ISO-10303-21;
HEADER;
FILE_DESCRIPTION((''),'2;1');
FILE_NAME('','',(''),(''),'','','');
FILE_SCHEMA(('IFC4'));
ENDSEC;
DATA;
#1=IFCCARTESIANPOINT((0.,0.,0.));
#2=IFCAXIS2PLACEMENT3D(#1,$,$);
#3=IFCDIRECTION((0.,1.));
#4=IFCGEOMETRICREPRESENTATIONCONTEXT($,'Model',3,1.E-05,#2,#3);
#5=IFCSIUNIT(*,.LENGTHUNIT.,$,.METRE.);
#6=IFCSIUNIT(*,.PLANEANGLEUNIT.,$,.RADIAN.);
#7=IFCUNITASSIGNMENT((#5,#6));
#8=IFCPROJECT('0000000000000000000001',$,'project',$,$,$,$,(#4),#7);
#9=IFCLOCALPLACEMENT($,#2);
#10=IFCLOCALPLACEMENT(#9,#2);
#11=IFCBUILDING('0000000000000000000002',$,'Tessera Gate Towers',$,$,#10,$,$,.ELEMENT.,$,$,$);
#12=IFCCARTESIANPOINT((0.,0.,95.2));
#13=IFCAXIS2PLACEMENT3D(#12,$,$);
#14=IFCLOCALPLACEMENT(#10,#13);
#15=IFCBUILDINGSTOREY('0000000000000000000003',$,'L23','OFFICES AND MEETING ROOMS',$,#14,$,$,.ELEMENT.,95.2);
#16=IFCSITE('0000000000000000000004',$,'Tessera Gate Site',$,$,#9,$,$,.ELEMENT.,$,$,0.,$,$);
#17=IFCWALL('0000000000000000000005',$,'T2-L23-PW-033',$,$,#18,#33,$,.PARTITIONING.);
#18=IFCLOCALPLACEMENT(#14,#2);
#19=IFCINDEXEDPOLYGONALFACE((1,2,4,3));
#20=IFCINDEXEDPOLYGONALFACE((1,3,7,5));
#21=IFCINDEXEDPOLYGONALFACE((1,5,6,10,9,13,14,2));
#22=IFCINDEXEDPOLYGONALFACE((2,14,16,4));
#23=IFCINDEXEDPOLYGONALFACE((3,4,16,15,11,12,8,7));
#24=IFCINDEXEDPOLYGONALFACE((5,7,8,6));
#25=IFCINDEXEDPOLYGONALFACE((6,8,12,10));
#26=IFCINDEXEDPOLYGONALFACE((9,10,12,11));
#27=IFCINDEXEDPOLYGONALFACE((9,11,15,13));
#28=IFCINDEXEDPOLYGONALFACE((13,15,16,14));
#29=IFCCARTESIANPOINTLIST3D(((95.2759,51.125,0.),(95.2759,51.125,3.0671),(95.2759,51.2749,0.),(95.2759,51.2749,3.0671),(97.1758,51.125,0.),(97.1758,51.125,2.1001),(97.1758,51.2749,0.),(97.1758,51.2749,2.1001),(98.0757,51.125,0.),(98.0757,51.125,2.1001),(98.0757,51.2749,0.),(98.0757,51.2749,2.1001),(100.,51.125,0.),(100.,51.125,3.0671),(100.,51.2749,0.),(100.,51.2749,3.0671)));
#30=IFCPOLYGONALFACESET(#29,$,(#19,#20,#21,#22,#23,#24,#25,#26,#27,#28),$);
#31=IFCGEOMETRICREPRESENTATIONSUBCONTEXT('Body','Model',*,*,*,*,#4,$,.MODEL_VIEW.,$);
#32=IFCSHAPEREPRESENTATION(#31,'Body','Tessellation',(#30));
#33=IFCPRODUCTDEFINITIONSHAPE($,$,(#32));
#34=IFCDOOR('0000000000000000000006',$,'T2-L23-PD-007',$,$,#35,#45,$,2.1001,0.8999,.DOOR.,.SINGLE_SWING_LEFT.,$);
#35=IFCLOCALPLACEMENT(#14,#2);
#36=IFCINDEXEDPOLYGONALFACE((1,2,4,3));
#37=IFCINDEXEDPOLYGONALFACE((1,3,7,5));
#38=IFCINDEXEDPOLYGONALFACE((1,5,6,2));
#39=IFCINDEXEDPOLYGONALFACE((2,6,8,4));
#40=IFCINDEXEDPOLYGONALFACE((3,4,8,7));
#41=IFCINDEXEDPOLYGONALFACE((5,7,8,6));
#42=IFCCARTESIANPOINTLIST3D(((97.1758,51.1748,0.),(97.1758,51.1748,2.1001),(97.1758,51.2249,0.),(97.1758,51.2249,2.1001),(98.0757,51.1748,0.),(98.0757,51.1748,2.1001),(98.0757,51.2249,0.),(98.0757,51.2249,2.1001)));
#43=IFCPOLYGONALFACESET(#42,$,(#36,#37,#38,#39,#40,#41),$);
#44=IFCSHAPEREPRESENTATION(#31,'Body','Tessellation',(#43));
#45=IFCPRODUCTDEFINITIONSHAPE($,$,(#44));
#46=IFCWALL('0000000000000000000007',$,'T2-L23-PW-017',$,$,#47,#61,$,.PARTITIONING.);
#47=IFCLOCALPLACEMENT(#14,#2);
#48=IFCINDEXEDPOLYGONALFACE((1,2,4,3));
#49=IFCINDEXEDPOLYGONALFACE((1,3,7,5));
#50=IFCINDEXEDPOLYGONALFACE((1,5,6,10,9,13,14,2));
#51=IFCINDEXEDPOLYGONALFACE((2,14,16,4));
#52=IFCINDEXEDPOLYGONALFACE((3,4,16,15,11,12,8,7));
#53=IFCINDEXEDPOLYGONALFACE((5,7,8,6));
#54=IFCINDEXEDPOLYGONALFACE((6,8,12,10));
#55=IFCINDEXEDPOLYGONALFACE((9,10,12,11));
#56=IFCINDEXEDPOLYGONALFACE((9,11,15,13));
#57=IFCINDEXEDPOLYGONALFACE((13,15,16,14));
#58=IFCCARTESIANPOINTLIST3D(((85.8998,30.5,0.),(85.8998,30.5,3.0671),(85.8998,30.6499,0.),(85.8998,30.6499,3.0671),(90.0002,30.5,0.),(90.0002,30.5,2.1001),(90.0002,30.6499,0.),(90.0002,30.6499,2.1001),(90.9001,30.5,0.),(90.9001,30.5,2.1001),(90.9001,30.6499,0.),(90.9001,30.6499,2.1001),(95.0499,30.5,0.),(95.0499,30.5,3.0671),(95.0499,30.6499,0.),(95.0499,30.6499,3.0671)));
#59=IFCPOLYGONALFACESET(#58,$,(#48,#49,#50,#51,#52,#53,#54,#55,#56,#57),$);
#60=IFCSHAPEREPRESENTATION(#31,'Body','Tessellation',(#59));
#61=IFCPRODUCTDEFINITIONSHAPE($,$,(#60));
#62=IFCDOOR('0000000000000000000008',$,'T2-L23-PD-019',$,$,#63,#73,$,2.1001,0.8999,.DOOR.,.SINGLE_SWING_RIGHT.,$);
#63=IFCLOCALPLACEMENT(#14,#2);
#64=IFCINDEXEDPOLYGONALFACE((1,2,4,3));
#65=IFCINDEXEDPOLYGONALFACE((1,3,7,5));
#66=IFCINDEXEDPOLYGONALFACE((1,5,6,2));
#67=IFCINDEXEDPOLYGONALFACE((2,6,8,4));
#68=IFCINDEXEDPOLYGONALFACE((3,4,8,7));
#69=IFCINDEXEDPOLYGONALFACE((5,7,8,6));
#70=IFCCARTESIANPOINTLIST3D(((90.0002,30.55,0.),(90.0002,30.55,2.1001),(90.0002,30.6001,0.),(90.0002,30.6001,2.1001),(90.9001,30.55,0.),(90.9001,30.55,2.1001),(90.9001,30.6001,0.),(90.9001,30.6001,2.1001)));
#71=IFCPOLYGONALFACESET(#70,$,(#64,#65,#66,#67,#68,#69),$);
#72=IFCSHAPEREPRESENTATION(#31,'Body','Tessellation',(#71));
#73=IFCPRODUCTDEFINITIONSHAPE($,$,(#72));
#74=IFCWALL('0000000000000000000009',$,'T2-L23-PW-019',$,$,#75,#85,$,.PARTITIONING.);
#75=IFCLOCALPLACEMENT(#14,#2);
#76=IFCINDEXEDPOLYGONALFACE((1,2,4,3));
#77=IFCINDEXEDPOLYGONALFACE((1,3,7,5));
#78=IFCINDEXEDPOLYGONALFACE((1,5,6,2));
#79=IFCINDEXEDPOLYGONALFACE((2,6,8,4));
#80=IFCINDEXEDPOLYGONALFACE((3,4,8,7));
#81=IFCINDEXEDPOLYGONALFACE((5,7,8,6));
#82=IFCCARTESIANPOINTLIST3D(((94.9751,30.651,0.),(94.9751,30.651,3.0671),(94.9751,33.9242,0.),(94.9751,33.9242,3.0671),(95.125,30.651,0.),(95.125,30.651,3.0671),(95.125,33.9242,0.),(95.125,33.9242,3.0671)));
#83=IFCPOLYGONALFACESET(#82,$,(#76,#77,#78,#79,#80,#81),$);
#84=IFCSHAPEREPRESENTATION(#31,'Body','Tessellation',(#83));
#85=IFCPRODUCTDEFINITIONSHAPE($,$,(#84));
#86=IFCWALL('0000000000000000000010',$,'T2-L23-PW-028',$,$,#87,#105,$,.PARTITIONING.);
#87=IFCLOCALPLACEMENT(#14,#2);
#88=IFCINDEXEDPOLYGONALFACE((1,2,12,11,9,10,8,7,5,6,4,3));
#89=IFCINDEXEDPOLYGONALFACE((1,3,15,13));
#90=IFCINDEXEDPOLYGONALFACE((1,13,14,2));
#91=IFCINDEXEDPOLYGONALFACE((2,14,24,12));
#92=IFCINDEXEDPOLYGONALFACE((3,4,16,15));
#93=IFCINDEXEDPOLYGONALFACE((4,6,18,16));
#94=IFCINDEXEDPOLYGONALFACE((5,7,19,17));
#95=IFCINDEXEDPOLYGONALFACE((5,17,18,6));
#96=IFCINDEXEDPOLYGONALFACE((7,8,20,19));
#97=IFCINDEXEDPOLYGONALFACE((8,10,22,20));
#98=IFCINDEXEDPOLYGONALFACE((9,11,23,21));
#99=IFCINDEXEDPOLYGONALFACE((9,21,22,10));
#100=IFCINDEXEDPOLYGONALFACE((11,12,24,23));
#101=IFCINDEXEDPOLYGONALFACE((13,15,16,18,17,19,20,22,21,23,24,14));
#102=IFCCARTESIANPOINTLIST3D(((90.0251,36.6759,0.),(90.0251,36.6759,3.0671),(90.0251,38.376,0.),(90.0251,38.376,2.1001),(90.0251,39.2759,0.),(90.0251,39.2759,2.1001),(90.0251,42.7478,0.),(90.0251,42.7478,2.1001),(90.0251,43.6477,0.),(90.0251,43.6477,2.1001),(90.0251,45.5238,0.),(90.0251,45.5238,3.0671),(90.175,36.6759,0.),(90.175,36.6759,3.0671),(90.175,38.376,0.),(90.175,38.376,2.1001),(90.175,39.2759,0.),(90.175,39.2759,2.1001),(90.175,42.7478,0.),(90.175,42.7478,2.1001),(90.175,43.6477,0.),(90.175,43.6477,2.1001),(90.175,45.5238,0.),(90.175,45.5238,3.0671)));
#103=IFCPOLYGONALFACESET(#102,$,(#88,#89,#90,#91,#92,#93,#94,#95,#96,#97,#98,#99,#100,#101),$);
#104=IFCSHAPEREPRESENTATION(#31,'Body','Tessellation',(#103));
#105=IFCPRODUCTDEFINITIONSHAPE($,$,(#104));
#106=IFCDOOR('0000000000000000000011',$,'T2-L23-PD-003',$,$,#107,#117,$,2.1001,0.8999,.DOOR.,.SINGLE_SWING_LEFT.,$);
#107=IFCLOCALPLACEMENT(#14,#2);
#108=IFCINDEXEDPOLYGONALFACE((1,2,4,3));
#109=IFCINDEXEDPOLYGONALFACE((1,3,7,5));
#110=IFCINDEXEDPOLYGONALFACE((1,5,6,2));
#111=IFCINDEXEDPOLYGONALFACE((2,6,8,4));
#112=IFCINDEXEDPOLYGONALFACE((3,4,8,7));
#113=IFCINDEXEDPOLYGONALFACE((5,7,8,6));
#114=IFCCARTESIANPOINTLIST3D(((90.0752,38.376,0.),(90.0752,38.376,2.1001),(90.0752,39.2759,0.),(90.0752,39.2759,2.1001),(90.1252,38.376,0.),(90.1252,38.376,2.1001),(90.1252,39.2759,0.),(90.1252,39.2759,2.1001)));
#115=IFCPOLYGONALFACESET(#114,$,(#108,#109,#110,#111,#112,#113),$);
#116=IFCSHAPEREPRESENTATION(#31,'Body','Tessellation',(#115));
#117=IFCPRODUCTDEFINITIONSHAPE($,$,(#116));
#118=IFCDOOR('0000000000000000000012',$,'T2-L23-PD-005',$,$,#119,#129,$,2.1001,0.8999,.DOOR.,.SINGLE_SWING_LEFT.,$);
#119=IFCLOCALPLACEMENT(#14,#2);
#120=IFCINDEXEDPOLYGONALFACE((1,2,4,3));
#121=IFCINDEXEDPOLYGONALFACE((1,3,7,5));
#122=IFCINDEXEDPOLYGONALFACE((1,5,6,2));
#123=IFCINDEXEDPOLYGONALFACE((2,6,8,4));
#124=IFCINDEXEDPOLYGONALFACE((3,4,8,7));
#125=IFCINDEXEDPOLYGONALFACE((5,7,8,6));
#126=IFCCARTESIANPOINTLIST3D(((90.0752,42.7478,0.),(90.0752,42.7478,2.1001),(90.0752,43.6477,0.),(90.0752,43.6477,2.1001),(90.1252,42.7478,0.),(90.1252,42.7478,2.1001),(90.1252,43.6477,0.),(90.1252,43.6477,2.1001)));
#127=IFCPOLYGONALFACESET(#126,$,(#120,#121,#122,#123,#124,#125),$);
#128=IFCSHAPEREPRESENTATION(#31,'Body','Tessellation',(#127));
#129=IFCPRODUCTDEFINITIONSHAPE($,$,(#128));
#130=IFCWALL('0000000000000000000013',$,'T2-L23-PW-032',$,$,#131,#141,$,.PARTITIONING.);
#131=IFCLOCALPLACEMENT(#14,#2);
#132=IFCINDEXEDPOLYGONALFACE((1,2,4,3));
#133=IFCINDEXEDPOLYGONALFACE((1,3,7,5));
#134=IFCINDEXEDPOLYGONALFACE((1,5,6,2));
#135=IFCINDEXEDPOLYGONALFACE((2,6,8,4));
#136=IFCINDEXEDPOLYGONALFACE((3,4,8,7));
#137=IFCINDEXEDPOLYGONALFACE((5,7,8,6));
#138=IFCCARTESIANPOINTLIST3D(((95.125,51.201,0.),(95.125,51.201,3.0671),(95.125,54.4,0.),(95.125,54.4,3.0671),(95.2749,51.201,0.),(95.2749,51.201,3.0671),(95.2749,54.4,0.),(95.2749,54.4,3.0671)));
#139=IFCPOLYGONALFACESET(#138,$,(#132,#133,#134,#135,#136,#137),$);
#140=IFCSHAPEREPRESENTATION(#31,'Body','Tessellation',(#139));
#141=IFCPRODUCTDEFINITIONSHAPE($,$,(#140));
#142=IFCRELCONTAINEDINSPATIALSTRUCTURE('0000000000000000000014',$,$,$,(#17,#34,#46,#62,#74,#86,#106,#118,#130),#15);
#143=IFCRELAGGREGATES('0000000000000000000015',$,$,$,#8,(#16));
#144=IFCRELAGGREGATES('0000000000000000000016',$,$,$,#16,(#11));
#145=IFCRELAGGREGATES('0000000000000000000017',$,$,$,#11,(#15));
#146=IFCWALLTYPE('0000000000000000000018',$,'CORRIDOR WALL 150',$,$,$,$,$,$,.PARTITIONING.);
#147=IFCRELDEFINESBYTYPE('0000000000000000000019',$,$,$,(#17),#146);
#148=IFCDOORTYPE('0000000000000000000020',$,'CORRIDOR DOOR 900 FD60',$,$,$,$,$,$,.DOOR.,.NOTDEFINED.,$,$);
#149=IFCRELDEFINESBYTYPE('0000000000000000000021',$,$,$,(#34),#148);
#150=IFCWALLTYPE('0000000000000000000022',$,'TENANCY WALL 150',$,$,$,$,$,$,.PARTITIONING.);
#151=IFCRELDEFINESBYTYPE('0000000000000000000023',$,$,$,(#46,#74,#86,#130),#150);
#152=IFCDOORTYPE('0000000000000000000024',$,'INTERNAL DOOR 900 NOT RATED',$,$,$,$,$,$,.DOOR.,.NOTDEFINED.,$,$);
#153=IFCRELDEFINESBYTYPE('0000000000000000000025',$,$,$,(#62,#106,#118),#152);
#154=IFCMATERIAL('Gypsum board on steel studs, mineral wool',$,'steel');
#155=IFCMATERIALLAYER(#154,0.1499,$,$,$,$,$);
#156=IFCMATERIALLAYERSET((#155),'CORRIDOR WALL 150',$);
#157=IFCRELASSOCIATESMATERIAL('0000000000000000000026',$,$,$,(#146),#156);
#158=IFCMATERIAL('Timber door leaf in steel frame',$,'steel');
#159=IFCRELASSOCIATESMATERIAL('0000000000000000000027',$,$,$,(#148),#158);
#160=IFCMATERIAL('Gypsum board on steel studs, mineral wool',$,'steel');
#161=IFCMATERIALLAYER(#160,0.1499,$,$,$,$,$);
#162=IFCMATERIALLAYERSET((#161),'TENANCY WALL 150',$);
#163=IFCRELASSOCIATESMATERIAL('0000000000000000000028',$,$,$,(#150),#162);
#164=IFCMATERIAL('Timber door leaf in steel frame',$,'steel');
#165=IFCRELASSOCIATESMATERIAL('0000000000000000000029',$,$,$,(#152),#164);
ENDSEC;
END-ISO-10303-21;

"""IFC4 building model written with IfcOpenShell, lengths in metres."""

from ifc_helpers import new_model, si_unit, direction, frame, frame_2d, origin, place, context, subcontext, project, spatial, rectangle, extrude, source, transform, mapped, material, layer, layer_set, type_object, element, fill, save


model = new_model("IFC4")

# Units and contexts
model_context = context("Model", 3, precision=1e-05, world=origin(), true_north=direction((0.0, 1.0)))
body_context = subcontext(model_context, "Body", "Model", "MODEL_VIEW")
ifc_project = project(units=[si_unit("LENGTHUNIT", "METRE"), si_unit("PLANEANGLEUNIT", "RADIAN")], contexts=[model_context])

# Site, building, storey
site_placement = place(None, origin())
site = spatial("IfcSite", under=ifc_project, at=site_placement, Name="Tessera Gate Site", CompositionType="ELEMENT", RefElevation=0.0)
building_placement = place(site_placement, origin())
building = spatial("IfcBuilding", under=site, at=building_placement, Name="Tessera Gate Towers", CompositionType="ELEMENT")
storey_placement = place(building_placement, frame((0.0, 0.0, 95.2)))
storey = spatial("IfcBuildingStorey", under=building, at=storey_placement, Name="L23", Description="OFFICES AND MEETING ROOMS", CompositionType="ELEMENT", Elevation=95.2)

# Shared definitions
ifc_material_1 = material(Name="Gypsum board on steel studs, mineral wool", Category="steel")
ifc_layer_1 = layer(ifc_material_1, 0.1499)
ifc_layer_set_1 = layer_set([ifc_layer_1], Name="CORRIDOR WALL 150")
wall_type_1 = type_object("IfcWallType", Name="CORRIDOR WALL 150", PredefinedType="PARTITIONING", material=ifc_layer_set_1)

# Walls, openings, doors
wall_1_placement = place(storey_placement, frame((95.2759, 51.2, 0.0), z_axis=(0.0, 0.0, 1.0), x_axis=(1.0, 0.0, 0.0)))
wall_1 = element("IfcWall", 1, at=wall_1_placement, inside=storey, type_object=wall_type_1, Name="T2-L23-PW-033", PredefinedType="PARTITIONING", context=body_context, shape_type="SweptSolid", body=[
    extrude(rectangle(XDim=4.7241, YDim=0.1499, at=frame_2d((2.3621, 0.0))), origin(), (0.0, 0.0, 1.0), 3.0671),
])
shared_shape_1 = source(origin(), body_context, "Body", "SweptSolid", [
    extrude(rectangle(XDim=0.8999, YDim=2.1001, at=frame_2d((0.45, 1.05))), frame((0.0, 0.085, 0.0), z_axis=(0.0, -1.0, 0.0), x_axis=(1.0, 0.0, 0.0)), (0.0, 0.0, 1.0), 0.1699),
])
opening_1_placement = place(wall_1_placement, frame((1.8999, 0.0, 0.0)))
opening_1 = element("IfcOpeningElement", 2, at=opening_1_placement, cuts=wall_1, PredefinedType="OPENING", context=body_context, shape_type="MappedRepresentation", body=[
    mapped(shared_shape_1, transform((0.0, 0.0, 0.0), scale=1.0)),
])
ifc_material_2 = material(Name="Timber door leaf in steel frame", Category="steel")
door_type_1 = type_object("IfcDoorType", Name="CORRIDOR DOOR 900 FD60", OperationType="NOTDEFINED", PredefinedType="DOOR", material=ifc_material_2)
shared_shape_2 = source(origin(), body_context, "Body", "SweptSolid", [
    extrude(rectangle(XDim=0.8999, YDim=2.1001, at=frame_2d((0.45, 1.05))), frame((0.0, 0.0249, 0.0), z_axis=(0.0, -1.0, 0.0), x_axis=(1.0, 0.0, 0.0)), (0.0, 0.0, 1.0), 0.05),
])
door_1_placement = place(opening_1_placement, origin())
door_1 = element("IfcDoor", 3, at=door_1_placement, inside=storey, type_object=door_type_1, Name="T2-L23-PD-007", OperationType="SINGLE_SWING_LEFT", OverallHeight=2.1001, OverallWidth=0.8999, PredefinedType="DOOR", context=body_context, shape_type="MappedRepresentation", body=[
    mapped(shared_shape_2, transform((0.0, 0.0, 0.0), scale=1.0)),
])
fill(opening_1, door_1)
ifc_material_3 = material(Name="Gypsum board on steel studs, mineral wool", Category="steel")
ifc_layer_2 = layer(ifc_material_3, 0.1499)
ifc_layer_set_2 = layer_set([ifc_layer_2], Name="TENANCY WALL 150")
wall_type_2 = type_object("IfcWallType", Name="TENANCY WALL 150", PredefinedType="PARTITIONING", material=ifc_layer_set_2)
wall_2_placement = place(storey_placement, frame((95.05, 30.575, 0.0), z_axis=(0.0, 0.0, 1.0), x_axis=(-1.0, 0.0, 0.0)))
wall_2 = element("IfcWall", 4, at=wall_2_placement, inside=storey, type_object=wall_type_2, Name="T2-L23-PW-017", PredefinedType="PARTITIONING", context=body_context, shape_type="SweptSolid", body=[
    extrude(rectangle(XDim=9.1501, YDim=0.1499, at=frame_2d((4.5752, 0.0))), origin(), (0.0, 0.0, 1.0), 3.0671),
])
opening_2_placement = place(wall_2_placement, frame((4.1499, 0.0, 0.0)))
opening_2 = element("IfcOpeningElement", 5, at=opening_2_placement, cuts=wall_2, PredefinedType="OPENING", context=body_context, shape_type="MappedRepresentation", body=[
    mapped(shared_shape_1, transform((0.0, 0.0, 0.0), scale=1.0)),
])
ifc_material_4 = material(Name="Timber door leaf in steel frame", Category="steel")
door_type_2 = type_object("IfcDoorType", Name="INTERNAL DOOR 900 NOT RATED", OperationType="NOTDEFINED", PredefinedType="DOOR", material=ifc_material_4)
door_2_placement = place(opening_2_placement, origin())
door_2 = element("IfcDoor", 6, at=door_2_placement, inside=storey, type_object=door_type_2, Name="T2-L23-PD-019", OperationType="SINGLE_SWING_RIGHT", OverallHeight=2.1001, OverallWidth=0.8999, PredefinedType="DOOR", context=body_context, shape_type="MappedRepresentation", body=[
    mapped(shared_shape_2, transform((0.0, 0.0, 0.0), scale=1.0)),
])
fill(opening_2, door_2)

# Wall
wall_3_placement = place(storey_placement, frame((95.05, 30.6509, 0.0), z_axis=(0.0, 0.0, 1.0), x_axis=(0.0, 1.0, 0.0)))
element("IfcWall", 7, at=wall_3_placement, inside=storey, type_object=wall_type_2, Name="T2-L23-PW-019", PredefinedType="PARTITIONING", context=body_context, shape_type="SweptSolid", body=[
    extrude(rectangle(XDim=3.2732, YDim=0.1499, at=frame_2d((1.6367, 0.0))), origin(), (0.0, 0.0, 1.0), 3.0671),
])

# Wall, openings, doors
wall_4_placement = place(storey_placement, frame((90.1001, 36.676, 0.0), z_axis=(0.0, 0.0, 1.0), x_axis=(0.0, 1.0, 0.0)))
wall_4 = element("IfcWall", 8, at=wall_4_placement, inside=storey, type_object=wall_type_2, Name="T2-L23-PW-028", PredefinedType="PARTITIONING", context=body_context, shape_type="SweptSolid", body=[
    extrude(rectangle(XDim=8.8479, YDim=0.1499, at=frame_2d((4.4238, 0.0))), origin(), (0.0, 0.0, 1.0), 3.0671),
])
opening_3_placement = place(wall_4_placement, frame((1.7, 0.0, 0.0)))
opening_3 = element("IfcOpeningElement", 9, at=opening_3_placement, cuts=wall_4, PredefinedType="OPENING", context=body_context, shape_type="MappedRepresentation", body=[
    mapped(shared_shape_1, transform((0.0, 0.0, 0.0), scale=1.0)),
])
opening_4_placement = place(wall_4_placement, frame((6.0718, 0.0, 0.0)))
opening_4 = element("IfcOpeningElement", 10, at=opening_4_placement, cuts=wall_4, PredefinedType="OPENING", context=body_context, shape_type="MappedRepresentation", body=[
    mapped(shared_shape_1, transform((0.0, 0.0, 0.0), scale=1.0)),
])
door_3_placement = place(opening_3_placement, origin())
door_3 = element("IfcDoor", 11, at=door_3_placement, inside=storey, type_object=door_type_2, Name="T2-L23-PD-003", OperationType="SINGLE_SWING_LEFT", OverallHeight=2.1001, OverallWidth=0.8999, PredefinedType="DOOR", context=body_context, shape_type="MappedRepresentation", body=[
    mapped(shared_shape_2, transform((0.0, 0.0, 0.0), scale=1.0)),
])
fill(opening_3, door_3)
door_4_placement = place(opening_4_placement, origin())
door_4 = element("IfcDoor", 12, at=door_4_placement, inside=storey, type_object=door_type_2, Name="T2-L23-PD-005", OperationType="SINGLE_SWING_LEFT", OverallHeight=2.1001, OverallWidth=0.8999, PredefinedType="DOOR", context=body_context, shape_type="MappedRepresentation", body=[
    mapped(shared_shape_2, transform((0.0, 0.0, 0.0), scale=1.0)),
])
fill(opening_4, door_4)

# Wall
wall_5_placement = place(storey_placement, frame((95.2, 51.2009, 0.0), z_axis=(0.0, 0.0, 1.0), x_axis=(0.0, 1.0, 0.0)))
element("IfcWall", 13, at=wall_5_placement, inside=storey, type_object=wall_type_2, Name="T2-L23-PW-032", PredefinedType="PARTITIONING", context=body_context, shape_type="SweptSolid", body=[
    extrude(rectangle(XDim=3.199, YDim=0.1499, at=frame_2d((1.5996, 0.0))), origin(), (0.0, 0.0, 1.0), 3.0671),
])

save(model, "model.ifc")
